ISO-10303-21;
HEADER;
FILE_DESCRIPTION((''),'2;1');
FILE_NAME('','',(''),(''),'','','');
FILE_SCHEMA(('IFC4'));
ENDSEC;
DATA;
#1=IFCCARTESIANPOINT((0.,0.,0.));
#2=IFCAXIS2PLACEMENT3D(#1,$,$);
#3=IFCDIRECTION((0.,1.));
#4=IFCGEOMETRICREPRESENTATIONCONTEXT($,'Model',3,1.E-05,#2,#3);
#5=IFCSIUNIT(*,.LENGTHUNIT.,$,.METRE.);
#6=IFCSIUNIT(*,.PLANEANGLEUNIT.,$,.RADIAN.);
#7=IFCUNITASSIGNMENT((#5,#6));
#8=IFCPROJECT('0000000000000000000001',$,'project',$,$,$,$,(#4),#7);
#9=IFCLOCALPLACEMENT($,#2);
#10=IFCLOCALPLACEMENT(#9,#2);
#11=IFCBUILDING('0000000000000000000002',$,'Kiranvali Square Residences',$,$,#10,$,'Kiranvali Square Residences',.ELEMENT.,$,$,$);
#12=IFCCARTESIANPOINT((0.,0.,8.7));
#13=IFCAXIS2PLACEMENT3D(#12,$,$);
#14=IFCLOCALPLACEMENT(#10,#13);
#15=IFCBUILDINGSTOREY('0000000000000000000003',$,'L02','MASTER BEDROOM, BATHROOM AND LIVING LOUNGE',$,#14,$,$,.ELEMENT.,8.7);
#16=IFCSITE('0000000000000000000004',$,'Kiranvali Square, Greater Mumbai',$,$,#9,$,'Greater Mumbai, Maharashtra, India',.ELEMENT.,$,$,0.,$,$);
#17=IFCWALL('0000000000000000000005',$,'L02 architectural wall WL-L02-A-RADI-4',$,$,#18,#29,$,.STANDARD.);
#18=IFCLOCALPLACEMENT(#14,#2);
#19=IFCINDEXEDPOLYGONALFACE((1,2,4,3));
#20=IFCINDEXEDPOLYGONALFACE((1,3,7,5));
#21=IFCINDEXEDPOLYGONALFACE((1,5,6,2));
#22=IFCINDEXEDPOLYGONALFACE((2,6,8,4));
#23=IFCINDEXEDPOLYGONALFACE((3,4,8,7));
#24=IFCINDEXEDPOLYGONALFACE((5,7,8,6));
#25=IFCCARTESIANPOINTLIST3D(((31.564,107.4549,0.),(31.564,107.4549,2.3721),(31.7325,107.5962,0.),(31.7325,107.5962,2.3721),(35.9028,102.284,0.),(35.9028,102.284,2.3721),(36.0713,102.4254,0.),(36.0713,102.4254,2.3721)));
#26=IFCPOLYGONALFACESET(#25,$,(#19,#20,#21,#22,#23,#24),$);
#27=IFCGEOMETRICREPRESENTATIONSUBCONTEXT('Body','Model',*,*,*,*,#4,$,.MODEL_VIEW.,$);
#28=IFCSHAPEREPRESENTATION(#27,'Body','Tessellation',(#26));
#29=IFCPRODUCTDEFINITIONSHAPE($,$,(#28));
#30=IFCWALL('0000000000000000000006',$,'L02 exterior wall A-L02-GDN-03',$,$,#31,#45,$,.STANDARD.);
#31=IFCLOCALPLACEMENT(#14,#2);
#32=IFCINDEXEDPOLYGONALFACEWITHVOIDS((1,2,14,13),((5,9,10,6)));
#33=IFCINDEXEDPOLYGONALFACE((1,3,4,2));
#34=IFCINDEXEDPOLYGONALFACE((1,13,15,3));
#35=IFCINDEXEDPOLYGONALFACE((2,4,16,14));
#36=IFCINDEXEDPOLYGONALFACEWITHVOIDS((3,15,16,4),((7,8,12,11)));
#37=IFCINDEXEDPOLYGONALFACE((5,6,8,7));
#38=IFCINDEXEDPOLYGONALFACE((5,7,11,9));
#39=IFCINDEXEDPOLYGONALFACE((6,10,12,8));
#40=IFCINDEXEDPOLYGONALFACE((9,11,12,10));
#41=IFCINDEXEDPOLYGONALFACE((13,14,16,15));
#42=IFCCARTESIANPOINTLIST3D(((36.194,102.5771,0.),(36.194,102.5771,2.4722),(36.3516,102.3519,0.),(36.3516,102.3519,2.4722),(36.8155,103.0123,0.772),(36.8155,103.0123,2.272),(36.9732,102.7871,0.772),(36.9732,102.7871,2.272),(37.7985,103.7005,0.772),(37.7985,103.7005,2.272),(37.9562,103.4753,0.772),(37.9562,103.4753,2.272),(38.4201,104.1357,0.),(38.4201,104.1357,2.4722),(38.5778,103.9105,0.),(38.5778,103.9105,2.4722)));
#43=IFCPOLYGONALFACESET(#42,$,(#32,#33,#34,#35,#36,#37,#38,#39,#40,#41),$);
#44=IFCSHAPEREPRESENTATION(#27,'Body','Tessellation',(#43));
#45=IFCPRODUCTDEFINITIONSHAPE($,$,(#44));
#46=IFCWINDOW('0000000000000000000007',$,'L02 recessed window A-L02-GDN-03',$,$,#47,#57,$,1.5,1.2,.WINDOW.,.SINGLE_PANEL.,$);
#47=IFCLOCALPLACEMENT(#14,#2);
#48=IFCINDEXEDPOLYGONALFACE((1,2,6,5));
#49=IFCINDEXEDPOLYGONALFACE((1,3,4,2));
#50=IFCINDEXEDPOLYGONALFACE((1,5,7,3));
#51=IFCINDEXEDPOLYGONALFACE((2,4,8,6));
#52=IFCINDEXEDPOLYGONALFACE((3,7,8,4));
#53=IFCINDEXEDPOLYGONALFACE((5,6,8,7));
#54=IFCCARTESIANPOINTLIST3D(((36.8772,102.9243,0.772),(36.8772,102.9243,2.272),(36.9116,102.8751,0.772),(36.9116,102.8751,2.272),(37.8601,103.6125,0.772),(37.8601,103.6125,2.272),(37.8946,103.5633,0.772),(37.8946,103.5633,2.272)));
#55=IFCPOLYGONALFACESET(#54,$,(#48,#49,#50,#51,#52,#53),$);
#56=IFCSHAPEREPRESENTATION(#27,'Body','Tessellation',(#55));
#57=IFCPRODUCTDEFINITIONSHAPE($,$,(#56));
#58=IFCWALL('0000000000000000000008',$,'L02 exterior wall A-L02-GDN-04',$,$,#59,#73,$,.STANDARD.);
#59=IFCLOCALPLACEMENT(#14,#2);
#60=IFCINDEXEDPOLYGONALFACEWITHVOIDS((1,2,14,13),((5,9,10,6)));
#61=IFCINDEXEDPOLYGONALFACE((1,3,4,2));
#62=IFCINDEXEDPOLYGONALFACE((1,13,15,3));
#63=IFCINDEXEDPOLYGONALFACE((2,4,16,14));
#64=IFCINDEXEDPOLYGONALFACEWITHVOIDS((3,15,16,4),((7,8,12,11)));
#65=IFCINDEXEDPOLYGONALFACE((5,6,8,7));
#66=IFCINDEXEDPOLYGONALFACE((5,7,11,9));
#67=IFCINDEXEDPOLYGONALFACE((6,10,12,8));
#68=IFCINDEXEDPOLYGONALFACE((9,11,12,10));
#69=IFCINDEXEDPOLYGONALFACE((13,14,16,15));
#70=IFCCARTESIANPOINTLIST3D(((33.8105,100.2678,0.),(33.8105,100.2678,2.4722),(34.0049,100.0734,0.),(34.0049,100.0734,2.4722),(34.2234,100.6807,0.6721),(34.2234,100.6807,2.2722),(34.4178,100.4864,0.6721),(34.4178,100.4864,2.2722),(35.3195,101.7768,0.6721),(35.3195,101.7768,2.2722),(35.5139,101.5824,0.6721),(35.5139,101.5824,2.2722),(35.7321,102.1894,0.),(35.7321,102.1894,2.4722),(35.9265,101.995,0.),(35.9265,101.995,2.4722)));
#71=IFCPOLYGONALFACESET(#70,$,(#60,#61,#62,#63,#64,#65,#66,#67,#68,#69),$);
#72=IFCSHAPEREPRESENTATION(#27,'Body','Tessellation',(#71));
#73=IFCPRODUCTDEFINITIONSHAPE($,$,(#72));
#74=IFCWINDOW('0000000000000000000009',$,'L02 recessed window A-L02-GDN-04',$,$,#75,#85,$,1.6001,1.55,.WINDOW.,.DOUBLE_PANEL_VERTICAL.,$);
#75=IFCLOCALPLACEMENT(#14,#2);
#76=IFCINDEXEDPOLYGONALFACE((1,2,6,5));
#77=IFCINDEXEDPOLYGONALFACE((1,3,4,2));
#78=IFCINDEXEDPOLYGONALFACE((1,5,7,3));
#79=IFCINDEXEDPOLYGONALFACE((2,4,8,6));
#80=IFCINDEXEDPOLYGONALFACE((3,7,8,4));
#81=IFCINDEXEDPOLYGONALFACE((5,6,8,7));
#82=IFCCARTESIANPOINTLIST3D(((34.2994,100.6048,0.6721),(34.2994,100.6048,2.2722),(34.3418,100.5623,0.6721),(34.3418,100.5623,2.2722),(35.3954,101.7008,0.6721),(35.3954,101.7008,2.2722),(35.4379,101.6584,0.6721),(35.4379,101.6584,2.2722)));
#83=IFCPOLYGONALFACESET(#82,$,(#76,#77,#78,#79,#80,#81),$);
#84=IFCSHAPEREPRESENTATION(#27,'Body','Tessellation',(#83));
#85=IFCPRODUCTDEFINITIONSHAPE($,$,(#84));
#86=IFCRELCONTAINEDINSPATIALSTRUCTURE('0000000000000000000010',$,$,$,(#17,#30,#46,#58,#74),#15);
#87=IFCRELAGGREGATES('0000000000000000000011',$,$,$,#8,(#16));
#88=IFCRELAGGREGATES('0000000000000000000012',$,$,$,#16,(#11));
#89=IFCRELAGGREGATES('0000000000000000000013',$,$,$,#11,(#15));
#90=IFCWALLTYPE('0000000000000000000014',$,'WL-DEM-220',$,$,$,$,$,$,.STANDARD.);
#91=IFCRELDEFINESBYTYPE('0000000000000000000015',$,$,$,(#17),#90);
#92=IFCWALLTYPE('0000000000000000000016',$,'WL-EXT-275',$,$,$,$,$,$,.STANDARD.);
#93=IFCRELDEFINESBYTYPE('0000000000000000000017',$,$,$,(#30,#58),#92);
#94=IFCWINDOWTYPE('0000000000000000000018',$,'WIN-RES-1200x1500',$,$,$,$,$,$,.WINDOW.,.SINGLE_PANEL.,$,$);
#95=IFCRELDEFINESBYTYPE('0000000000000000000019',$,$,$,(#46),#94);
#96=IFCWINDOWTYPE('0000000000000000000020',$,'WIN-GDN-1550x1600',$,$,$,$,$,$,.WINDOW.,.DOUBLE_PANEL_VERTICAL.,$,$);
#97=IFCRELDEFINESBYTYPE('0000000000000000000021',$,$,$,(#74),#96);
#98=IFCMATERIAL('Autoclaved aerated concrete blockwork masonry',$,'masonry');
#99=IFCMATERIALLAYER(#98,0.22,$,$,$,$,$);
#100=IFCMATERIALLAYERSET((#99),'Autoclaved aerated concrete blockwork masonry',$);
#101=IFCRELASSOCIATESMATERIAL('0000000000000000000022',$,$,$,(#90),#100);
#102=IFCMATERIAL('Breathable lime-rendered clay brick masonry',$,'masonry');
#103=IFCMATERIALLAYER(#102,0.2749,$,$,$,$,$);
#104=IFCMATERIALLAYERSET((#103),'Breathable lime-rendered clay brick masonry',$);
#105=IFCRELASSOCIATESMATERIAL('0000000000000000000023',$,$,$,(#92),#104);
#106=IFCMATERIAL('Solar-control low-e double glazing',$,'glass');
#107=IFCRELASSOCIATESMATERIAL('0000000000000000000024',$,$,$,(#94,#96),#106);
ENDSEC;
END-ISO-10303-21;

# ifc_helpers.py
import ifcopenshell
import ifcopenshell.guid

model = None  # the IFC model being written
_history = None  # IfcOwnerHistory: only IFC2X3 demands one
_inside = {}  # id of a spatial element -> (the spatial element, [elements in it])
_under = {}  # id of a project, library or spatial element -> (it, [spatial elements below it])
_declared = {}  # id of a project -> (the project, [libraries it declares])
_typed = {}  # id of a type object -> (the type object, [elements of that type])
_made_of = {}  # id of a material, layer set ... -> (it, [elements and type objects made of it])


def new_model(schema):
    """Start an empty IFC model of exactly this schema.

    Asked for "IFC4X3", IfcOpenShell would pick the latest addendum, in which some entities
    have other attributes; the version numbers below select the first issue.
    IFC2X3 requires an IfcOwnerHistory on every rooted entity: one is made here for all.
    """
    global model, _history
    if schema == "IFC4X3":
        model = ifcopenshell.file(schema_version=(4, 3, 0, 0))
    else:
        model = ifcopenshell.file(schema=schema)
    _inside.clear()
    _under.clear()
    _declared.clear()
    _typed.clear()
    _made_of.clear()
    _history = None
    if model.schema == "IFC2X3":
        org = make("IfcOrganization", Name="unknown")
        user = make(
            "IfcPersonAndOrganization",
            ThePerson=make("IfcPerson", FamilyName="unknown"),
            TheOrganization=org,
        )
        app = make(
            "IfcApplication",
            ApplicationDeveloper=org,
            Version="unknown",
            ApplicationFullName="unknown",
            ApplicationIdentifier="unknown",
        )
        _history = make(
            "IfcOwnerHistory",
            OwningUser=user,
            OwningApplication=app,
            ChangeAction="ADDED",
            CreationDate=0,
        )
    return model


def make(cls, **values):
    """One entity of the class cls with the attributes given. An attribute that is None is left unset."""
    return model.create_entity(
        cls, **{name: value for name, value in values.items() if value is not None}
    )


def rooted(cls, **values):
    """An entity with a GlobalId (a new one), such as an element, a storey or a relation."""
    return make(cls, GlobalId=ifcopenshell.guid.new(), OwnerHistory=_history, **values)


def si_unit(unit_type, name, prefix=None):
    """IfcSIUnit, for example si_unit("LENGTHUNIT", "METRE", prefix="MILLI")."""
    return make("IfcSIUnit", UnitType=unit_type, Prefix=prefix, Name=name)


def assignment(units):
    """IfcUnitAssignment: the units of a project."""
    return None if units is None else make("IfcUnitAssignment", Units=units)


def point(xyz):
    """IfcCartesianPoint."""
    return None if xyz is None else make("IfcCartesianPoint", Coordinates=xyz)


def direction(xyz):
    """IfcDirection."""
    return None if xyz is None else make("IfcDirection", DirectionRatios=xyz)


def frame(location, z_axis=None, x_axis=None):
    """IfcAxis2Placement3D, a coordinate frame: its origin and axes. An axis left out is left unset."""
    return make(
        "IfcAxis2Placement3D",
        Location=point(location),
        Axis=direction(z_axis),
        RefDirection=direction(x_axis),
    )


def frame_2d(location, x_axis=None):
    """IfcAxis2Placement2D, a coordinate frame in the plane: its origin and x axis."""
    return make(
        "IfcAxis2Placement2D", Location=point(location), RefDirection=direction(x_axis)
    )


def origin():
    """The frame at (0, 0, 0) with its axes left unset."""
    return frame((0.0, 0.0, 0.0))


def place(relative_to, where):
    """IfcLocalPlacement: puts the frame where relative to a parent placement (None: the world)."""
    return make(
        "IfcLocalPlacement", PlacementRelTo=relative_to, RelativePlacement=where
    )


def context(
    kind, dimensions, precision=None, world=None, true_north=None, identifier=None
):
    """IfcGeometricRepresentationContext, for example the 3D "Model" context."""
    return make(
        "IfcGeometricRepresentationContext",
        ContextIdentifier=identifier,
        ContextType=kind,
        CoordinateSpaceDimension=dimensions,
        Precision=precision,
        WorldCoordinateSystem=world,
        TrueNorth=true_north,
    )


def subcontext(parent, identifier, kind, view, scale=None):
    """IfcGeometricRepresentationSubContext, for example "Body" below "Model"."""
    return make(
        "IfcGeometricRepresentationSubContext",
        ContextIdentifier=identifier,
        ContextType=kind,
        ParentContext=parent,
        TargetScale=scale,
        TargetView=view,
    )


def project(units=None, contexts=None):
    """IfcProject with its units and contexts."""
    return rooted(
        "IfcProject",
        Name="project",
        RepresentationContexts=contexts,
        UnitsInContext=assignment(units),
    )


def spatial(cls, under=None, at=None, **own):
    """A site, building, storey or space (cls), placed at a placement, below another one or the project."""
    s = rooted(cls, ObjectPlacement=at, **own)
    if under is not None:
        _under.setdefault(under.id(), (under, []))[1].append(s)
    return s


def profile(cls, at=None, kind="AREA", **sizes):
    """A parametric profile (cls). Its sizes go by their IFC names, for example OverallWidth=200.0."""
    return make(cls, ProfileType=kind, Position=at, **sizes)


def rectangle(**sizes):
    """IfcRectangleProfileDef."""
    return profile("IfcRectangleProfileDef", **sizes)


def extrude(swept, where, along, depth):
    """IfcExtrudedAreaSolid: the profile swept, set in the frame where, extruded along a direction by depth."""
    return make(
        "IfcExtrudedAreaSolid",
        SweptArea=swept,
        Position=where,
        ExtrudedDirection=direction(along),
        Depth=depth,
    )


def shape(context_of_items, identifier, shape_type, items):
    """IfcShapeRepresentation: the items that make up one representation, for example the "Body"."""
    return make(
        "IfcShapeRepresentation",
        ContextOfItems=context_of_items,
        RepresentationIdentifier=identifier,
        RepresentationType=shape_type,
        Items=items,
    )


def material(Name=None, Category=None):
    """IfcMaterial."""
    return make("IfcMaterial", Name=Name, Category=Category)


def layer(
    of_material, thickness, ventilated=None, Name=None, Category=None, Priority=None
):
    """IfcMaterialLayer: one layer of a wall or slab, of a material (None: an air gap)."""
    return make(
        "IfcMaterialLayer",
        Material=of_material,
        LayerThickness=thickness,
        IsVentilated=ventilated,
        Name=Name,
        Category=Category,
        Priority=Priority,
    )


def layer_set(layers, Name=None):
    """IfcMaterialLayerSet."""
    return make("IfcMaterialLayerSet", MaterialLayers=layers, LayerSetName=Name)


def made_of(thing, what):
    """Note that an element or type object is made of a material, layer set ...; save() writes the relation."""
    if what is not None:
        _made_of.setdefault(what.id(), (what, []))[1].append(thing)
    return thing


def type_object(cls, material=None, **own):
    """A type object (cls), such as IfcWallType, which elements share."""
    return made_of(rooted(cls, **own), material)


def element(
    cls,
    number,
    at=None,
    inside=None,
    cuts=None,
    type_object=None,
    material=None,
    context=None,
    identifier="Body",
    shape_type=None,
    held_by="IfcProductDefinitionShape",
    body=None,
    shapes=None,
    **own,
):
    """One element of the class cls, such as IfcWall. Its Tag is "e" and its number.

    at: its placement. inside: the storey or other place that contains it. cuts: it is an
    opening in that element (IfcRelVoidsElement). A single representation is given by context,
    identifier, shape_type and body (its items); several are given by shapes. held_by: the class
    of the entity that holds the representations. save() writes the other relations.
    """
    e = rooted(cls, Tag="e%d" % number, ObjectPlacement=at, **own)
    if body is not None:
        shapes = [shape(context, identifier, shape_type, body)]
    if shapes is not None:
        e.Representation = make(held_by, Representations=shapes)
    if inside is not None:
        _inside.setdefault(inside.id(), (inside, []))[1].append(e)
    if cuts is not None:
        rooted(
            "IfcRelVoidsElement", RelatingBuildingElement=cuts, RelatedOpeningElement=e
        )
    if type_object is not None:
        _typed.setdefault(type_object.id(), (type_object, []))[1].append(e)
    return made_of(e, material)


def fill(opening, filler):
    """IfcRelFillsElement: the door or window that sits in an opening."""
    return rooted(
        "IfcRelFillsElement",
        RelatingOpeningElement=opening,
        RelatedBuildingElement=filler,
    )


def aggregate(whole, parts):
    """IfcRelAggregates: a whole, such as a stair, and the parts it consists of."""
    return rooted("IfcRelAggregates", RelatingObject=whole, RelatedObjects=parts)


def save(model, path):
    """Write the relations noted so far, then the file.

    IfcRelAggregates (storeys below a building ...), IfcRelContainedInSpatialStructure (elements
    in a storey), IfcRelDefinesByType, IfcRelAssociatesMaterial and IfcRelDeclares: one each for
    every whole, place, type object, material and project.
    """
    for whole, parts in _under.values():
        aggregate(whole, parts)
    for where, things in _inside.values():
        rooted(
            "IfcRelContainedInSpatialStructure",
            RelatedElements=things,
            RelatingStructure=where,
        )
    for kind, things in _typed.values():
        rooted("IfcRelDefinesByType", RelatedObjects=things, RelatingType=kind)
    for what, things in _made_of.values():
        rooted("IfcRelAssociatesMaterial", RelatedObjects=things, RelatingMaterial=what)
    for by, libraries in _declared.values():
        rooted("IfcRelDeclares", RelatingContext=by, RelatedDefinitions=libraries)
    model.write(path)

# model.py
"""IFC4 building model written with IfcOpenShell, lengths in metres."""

from ifc_helpers import new_model, si_unit, direction, frame, frame_2d, origin, place, context, subcontext, project, spatial, rectangle, extrude, material, layer, layer_set, type_object, element, fill, save


model = new_model("IFC4")

# Units and contexts
model_context = context("Model", 3, precision=1e-05, world=origin(), true_north=direction((0.0, 1.0)))
body_context = subcontext(model_context, "Body", "Model", "MODEL_VIEW")
ifc_project = project(units=[si_unit("LENGTHUNIT", "METRE"), si_unit("PLANEANGLEUNIT", "RADIAN")], contexts=[model_context])

# Site, building, storey
site_placement = place(None, origin())
site = spatial("IfcSite", under=ifc_project, at=site_placement, Name="Kiranvali Square, Greater Mumbai", LongName="Greater Mumbai, Maharashtra, India", CompositionType="ELEMENT", RefElevation=0.0)
building_placement = place(site_placement, origin())
building = spatial("IfcBuilding", under=site, at=building_placement, Name="Kiranvali Square Residences", LongName="Kiranvali Square Residences", CompositionType="ELEMENT")
storey_placement = place(building_placement, frame((0.0, 0.0, 8.7)))
storey = spatial("IfcBuildingStorey", under=building, at=storey_placement, Name="L02", Description="MASTER BEDROOM, BATHROOM AND LIVING LOUNGE", CompositionType="ELEMENT", Elevation=8.7)

# Wall
ifc_material_1 = material(Name="Autoclaved aerated concrete blockwork masonry", Category="masonry")
ifc_layer_1 = layer(ifc_material_1, 0.22)
ifc_layer_set_1 = layer_set([ifc_layer_1], Name="Autoclaved aerated concrete blockwork masonry")
wall_type_1 = type_object("IfcWallType", Name="WL-DEM-220", PredefinedType="STANDARD", material=ifc_layer_set_1)
wall_1_placement = place(storey_placement, frame((35.9871, 102.3547, 0.0), z_axis=(0.0, 0.0, 1.0), x_axis=(-0.642785, 0.766047, 0.0)))
element("IfcWall", 1, at=wall_1_placement, inside=storey, type_object=wall_type_1, Name="L02 architectural wall WL-L02-A-RADI-4", PredefinedType="STANDARD", context=body_context, shape_type="SweptSolid", body=[
    extrude(rectangle(XDim=6.75, YDim=0.22, at=frame_2d((3.375, 0.0))), origin(), (0.0, 0.0, 1.0), 2.3721),
])

# Shared definitions
ifc_material_2 = material(Name="Breathable lime-rendered clay brick masonry", Category="masonry")
ifc_layer_2 = layer(ifc_material_2, 0.2749)
ifc_layer_set_2 = layer_set([ifc_layer_2], Name="Breathable lime-rendered clay brick masonry")
wall_type_2 = type_object("IfcWallType", Name="WL-EXT-275", PredefinedType="STANDARD", material=ifc_layer_set_2)

# Walls, openings, windows
wall_2_placement = place(storey_placement, frame((38.499, 104.0232, 0.0), z_axis=(0.0, 0.0, 1.0), x_axis=(-0.819173, -0.573547, 0.0)))
wall_2 = element("IfcWall", 2, at=wall_2_placement, inside=storey, type_object=wall_type_2, Name="L02 exterior wall A-L02-GDN-03", PredefinedType="STANDARD", context=body_context, shape_type="SweptSolid", body=[
    extrude(rectangle(XDim=2.7175, YDim=0.2749, at=frame_2d((1.3589, 0.0))), origin(), (0.0, 0.0, 1.0), 2.4722),
])
opening_1_placement = place(wall_2_placement, frame((0.7588, 0.0, 0.772)))
opening_1 = element("IfcOpeningElement", 3, at=opening_1_placement, cuts=wall_2, PredefinedType="OPENING", context=body_context, shape_type="SweptSolid", body=[
    extrude(rectangle(XDim=1.2, YDim=1.5, at=frame_2d((0.6001, 0.75))), frame((0.0, 0.1475, 0.0), z_axis=(0.0, -1.0, 0.0), x_axis=(1.0, 0.0, 0.0)), (0.0, 0.0, 1.0), 0.2949),
])
ifc_material_3 = material(Name="Solar-control low-e double glazing", Category="glass")
window_type_1 = type_object("IfcWindowType", Name="WIN-RES-1200x1500", PartitioningType="SINGLE_PANEL", PredefinedType="WINDOW", material=ifc_material_3)
window_1_placement = place(opening_1_placement, origin())
window_1 = element("IfcWindow", 4, at=window_1_placement, inside=storey, type_object=window_type_1, Name="L02 recessed window A-L02-GDN-03", OverallHeight=1.5, OverallWidth=1.2, PartitioningType="SINGLE_PANEL", PredefinedType="WINDOW", context=body_context, shape_type="SweptSolid", body=[
    extrude(rectangle(XDim=1.2, YDim=1.5, at=frame_2d((0.6001, 0.75))), frame((0.0, 0.03, 0.0), z_axis=(0.0, -1.0, 0.0), x_axis=(1.0, 0.0, 0.0)), (0.0, 0.0, 1.0), 0.0601),
])
fill(opening_1, window_1)
wall_3_placement = place(storey_placement, frame((35.8293, 102.0923, 0.0), z_axis=(0.0, 0.0, 1.0), x_axis=(-0.707107, -0.707107, 0.0)))
wall_3 = element("IfcWall", 5, at=wall_3_placement, inside=storey, type_object=wall_type_2, Name="L02 exterior wall A-L02-GDN-04", PredefinedType="STANDARD", context=body_context, shape_type="SweptSolid", body=[
    extrude(rectangle(XDim=2.7175, YDim=0.2749, at=frame_2d((1.3589, 0.0))), origin(), (0.0, 0.0, 1.0), 2.4722),
])
opening_2_placement = place(wall_3_placement, frame((0.5837, 0.0, 0.6721)))
opening_2 = element("IfcOpeningElement", 6, at=opening_2_placement, cuts=wall_3, PredefinedType="OPENING", context=body_context, shape_type="SweptSolid", body=[
    extrude(rectangle(XDim=1.55, YDim=1.6001, at=frame_2d((0.7749, 0.8))), frame((0.0, 0.1475, 0.0), z_axis=(0.0, -1.0, 0.0), x_axis=(1.0, 0.0, 0.0)), (0.0, 0.0, 1.0), 0.2949),
])
window_type_2 = type_object("IfcWindowType", Name="WIN-GDN-1550x1600", PartitioningType="DOUBLE_PANEL_VERTICAL", PredefinedType="WINDOW", material=ifc_material_3)
window_2_placement = place(opening_2_placement, origin())
window_2 = element("IfcWindow", 7, at=window_2_placement, inside=storey, type_object=window_type_2, Name="L02 recessed window A-L02-GDN-04", OverallHeight=1.6001, OverallWidth=1.55, PartitioningType="DOUBLE_PANEL_VERTICAL", PredefinedType="WINDOW", context=body_context, shape_type="SweptSolid", body=[
    extrude(rectangle(XDim=1.55, YDim=1.6001, at=frame_2d((0.7749, 0.8))), frame((0.0, 0.03, 0.0), z_axis=(0.0, -1.0, 0.0), x_axis=(1.0, 0.0, 0.0)), (0.0, 0.0, 1.0), 0.0601),
])
fill(opening_2, window_2)

save(model, "model.ifc")
